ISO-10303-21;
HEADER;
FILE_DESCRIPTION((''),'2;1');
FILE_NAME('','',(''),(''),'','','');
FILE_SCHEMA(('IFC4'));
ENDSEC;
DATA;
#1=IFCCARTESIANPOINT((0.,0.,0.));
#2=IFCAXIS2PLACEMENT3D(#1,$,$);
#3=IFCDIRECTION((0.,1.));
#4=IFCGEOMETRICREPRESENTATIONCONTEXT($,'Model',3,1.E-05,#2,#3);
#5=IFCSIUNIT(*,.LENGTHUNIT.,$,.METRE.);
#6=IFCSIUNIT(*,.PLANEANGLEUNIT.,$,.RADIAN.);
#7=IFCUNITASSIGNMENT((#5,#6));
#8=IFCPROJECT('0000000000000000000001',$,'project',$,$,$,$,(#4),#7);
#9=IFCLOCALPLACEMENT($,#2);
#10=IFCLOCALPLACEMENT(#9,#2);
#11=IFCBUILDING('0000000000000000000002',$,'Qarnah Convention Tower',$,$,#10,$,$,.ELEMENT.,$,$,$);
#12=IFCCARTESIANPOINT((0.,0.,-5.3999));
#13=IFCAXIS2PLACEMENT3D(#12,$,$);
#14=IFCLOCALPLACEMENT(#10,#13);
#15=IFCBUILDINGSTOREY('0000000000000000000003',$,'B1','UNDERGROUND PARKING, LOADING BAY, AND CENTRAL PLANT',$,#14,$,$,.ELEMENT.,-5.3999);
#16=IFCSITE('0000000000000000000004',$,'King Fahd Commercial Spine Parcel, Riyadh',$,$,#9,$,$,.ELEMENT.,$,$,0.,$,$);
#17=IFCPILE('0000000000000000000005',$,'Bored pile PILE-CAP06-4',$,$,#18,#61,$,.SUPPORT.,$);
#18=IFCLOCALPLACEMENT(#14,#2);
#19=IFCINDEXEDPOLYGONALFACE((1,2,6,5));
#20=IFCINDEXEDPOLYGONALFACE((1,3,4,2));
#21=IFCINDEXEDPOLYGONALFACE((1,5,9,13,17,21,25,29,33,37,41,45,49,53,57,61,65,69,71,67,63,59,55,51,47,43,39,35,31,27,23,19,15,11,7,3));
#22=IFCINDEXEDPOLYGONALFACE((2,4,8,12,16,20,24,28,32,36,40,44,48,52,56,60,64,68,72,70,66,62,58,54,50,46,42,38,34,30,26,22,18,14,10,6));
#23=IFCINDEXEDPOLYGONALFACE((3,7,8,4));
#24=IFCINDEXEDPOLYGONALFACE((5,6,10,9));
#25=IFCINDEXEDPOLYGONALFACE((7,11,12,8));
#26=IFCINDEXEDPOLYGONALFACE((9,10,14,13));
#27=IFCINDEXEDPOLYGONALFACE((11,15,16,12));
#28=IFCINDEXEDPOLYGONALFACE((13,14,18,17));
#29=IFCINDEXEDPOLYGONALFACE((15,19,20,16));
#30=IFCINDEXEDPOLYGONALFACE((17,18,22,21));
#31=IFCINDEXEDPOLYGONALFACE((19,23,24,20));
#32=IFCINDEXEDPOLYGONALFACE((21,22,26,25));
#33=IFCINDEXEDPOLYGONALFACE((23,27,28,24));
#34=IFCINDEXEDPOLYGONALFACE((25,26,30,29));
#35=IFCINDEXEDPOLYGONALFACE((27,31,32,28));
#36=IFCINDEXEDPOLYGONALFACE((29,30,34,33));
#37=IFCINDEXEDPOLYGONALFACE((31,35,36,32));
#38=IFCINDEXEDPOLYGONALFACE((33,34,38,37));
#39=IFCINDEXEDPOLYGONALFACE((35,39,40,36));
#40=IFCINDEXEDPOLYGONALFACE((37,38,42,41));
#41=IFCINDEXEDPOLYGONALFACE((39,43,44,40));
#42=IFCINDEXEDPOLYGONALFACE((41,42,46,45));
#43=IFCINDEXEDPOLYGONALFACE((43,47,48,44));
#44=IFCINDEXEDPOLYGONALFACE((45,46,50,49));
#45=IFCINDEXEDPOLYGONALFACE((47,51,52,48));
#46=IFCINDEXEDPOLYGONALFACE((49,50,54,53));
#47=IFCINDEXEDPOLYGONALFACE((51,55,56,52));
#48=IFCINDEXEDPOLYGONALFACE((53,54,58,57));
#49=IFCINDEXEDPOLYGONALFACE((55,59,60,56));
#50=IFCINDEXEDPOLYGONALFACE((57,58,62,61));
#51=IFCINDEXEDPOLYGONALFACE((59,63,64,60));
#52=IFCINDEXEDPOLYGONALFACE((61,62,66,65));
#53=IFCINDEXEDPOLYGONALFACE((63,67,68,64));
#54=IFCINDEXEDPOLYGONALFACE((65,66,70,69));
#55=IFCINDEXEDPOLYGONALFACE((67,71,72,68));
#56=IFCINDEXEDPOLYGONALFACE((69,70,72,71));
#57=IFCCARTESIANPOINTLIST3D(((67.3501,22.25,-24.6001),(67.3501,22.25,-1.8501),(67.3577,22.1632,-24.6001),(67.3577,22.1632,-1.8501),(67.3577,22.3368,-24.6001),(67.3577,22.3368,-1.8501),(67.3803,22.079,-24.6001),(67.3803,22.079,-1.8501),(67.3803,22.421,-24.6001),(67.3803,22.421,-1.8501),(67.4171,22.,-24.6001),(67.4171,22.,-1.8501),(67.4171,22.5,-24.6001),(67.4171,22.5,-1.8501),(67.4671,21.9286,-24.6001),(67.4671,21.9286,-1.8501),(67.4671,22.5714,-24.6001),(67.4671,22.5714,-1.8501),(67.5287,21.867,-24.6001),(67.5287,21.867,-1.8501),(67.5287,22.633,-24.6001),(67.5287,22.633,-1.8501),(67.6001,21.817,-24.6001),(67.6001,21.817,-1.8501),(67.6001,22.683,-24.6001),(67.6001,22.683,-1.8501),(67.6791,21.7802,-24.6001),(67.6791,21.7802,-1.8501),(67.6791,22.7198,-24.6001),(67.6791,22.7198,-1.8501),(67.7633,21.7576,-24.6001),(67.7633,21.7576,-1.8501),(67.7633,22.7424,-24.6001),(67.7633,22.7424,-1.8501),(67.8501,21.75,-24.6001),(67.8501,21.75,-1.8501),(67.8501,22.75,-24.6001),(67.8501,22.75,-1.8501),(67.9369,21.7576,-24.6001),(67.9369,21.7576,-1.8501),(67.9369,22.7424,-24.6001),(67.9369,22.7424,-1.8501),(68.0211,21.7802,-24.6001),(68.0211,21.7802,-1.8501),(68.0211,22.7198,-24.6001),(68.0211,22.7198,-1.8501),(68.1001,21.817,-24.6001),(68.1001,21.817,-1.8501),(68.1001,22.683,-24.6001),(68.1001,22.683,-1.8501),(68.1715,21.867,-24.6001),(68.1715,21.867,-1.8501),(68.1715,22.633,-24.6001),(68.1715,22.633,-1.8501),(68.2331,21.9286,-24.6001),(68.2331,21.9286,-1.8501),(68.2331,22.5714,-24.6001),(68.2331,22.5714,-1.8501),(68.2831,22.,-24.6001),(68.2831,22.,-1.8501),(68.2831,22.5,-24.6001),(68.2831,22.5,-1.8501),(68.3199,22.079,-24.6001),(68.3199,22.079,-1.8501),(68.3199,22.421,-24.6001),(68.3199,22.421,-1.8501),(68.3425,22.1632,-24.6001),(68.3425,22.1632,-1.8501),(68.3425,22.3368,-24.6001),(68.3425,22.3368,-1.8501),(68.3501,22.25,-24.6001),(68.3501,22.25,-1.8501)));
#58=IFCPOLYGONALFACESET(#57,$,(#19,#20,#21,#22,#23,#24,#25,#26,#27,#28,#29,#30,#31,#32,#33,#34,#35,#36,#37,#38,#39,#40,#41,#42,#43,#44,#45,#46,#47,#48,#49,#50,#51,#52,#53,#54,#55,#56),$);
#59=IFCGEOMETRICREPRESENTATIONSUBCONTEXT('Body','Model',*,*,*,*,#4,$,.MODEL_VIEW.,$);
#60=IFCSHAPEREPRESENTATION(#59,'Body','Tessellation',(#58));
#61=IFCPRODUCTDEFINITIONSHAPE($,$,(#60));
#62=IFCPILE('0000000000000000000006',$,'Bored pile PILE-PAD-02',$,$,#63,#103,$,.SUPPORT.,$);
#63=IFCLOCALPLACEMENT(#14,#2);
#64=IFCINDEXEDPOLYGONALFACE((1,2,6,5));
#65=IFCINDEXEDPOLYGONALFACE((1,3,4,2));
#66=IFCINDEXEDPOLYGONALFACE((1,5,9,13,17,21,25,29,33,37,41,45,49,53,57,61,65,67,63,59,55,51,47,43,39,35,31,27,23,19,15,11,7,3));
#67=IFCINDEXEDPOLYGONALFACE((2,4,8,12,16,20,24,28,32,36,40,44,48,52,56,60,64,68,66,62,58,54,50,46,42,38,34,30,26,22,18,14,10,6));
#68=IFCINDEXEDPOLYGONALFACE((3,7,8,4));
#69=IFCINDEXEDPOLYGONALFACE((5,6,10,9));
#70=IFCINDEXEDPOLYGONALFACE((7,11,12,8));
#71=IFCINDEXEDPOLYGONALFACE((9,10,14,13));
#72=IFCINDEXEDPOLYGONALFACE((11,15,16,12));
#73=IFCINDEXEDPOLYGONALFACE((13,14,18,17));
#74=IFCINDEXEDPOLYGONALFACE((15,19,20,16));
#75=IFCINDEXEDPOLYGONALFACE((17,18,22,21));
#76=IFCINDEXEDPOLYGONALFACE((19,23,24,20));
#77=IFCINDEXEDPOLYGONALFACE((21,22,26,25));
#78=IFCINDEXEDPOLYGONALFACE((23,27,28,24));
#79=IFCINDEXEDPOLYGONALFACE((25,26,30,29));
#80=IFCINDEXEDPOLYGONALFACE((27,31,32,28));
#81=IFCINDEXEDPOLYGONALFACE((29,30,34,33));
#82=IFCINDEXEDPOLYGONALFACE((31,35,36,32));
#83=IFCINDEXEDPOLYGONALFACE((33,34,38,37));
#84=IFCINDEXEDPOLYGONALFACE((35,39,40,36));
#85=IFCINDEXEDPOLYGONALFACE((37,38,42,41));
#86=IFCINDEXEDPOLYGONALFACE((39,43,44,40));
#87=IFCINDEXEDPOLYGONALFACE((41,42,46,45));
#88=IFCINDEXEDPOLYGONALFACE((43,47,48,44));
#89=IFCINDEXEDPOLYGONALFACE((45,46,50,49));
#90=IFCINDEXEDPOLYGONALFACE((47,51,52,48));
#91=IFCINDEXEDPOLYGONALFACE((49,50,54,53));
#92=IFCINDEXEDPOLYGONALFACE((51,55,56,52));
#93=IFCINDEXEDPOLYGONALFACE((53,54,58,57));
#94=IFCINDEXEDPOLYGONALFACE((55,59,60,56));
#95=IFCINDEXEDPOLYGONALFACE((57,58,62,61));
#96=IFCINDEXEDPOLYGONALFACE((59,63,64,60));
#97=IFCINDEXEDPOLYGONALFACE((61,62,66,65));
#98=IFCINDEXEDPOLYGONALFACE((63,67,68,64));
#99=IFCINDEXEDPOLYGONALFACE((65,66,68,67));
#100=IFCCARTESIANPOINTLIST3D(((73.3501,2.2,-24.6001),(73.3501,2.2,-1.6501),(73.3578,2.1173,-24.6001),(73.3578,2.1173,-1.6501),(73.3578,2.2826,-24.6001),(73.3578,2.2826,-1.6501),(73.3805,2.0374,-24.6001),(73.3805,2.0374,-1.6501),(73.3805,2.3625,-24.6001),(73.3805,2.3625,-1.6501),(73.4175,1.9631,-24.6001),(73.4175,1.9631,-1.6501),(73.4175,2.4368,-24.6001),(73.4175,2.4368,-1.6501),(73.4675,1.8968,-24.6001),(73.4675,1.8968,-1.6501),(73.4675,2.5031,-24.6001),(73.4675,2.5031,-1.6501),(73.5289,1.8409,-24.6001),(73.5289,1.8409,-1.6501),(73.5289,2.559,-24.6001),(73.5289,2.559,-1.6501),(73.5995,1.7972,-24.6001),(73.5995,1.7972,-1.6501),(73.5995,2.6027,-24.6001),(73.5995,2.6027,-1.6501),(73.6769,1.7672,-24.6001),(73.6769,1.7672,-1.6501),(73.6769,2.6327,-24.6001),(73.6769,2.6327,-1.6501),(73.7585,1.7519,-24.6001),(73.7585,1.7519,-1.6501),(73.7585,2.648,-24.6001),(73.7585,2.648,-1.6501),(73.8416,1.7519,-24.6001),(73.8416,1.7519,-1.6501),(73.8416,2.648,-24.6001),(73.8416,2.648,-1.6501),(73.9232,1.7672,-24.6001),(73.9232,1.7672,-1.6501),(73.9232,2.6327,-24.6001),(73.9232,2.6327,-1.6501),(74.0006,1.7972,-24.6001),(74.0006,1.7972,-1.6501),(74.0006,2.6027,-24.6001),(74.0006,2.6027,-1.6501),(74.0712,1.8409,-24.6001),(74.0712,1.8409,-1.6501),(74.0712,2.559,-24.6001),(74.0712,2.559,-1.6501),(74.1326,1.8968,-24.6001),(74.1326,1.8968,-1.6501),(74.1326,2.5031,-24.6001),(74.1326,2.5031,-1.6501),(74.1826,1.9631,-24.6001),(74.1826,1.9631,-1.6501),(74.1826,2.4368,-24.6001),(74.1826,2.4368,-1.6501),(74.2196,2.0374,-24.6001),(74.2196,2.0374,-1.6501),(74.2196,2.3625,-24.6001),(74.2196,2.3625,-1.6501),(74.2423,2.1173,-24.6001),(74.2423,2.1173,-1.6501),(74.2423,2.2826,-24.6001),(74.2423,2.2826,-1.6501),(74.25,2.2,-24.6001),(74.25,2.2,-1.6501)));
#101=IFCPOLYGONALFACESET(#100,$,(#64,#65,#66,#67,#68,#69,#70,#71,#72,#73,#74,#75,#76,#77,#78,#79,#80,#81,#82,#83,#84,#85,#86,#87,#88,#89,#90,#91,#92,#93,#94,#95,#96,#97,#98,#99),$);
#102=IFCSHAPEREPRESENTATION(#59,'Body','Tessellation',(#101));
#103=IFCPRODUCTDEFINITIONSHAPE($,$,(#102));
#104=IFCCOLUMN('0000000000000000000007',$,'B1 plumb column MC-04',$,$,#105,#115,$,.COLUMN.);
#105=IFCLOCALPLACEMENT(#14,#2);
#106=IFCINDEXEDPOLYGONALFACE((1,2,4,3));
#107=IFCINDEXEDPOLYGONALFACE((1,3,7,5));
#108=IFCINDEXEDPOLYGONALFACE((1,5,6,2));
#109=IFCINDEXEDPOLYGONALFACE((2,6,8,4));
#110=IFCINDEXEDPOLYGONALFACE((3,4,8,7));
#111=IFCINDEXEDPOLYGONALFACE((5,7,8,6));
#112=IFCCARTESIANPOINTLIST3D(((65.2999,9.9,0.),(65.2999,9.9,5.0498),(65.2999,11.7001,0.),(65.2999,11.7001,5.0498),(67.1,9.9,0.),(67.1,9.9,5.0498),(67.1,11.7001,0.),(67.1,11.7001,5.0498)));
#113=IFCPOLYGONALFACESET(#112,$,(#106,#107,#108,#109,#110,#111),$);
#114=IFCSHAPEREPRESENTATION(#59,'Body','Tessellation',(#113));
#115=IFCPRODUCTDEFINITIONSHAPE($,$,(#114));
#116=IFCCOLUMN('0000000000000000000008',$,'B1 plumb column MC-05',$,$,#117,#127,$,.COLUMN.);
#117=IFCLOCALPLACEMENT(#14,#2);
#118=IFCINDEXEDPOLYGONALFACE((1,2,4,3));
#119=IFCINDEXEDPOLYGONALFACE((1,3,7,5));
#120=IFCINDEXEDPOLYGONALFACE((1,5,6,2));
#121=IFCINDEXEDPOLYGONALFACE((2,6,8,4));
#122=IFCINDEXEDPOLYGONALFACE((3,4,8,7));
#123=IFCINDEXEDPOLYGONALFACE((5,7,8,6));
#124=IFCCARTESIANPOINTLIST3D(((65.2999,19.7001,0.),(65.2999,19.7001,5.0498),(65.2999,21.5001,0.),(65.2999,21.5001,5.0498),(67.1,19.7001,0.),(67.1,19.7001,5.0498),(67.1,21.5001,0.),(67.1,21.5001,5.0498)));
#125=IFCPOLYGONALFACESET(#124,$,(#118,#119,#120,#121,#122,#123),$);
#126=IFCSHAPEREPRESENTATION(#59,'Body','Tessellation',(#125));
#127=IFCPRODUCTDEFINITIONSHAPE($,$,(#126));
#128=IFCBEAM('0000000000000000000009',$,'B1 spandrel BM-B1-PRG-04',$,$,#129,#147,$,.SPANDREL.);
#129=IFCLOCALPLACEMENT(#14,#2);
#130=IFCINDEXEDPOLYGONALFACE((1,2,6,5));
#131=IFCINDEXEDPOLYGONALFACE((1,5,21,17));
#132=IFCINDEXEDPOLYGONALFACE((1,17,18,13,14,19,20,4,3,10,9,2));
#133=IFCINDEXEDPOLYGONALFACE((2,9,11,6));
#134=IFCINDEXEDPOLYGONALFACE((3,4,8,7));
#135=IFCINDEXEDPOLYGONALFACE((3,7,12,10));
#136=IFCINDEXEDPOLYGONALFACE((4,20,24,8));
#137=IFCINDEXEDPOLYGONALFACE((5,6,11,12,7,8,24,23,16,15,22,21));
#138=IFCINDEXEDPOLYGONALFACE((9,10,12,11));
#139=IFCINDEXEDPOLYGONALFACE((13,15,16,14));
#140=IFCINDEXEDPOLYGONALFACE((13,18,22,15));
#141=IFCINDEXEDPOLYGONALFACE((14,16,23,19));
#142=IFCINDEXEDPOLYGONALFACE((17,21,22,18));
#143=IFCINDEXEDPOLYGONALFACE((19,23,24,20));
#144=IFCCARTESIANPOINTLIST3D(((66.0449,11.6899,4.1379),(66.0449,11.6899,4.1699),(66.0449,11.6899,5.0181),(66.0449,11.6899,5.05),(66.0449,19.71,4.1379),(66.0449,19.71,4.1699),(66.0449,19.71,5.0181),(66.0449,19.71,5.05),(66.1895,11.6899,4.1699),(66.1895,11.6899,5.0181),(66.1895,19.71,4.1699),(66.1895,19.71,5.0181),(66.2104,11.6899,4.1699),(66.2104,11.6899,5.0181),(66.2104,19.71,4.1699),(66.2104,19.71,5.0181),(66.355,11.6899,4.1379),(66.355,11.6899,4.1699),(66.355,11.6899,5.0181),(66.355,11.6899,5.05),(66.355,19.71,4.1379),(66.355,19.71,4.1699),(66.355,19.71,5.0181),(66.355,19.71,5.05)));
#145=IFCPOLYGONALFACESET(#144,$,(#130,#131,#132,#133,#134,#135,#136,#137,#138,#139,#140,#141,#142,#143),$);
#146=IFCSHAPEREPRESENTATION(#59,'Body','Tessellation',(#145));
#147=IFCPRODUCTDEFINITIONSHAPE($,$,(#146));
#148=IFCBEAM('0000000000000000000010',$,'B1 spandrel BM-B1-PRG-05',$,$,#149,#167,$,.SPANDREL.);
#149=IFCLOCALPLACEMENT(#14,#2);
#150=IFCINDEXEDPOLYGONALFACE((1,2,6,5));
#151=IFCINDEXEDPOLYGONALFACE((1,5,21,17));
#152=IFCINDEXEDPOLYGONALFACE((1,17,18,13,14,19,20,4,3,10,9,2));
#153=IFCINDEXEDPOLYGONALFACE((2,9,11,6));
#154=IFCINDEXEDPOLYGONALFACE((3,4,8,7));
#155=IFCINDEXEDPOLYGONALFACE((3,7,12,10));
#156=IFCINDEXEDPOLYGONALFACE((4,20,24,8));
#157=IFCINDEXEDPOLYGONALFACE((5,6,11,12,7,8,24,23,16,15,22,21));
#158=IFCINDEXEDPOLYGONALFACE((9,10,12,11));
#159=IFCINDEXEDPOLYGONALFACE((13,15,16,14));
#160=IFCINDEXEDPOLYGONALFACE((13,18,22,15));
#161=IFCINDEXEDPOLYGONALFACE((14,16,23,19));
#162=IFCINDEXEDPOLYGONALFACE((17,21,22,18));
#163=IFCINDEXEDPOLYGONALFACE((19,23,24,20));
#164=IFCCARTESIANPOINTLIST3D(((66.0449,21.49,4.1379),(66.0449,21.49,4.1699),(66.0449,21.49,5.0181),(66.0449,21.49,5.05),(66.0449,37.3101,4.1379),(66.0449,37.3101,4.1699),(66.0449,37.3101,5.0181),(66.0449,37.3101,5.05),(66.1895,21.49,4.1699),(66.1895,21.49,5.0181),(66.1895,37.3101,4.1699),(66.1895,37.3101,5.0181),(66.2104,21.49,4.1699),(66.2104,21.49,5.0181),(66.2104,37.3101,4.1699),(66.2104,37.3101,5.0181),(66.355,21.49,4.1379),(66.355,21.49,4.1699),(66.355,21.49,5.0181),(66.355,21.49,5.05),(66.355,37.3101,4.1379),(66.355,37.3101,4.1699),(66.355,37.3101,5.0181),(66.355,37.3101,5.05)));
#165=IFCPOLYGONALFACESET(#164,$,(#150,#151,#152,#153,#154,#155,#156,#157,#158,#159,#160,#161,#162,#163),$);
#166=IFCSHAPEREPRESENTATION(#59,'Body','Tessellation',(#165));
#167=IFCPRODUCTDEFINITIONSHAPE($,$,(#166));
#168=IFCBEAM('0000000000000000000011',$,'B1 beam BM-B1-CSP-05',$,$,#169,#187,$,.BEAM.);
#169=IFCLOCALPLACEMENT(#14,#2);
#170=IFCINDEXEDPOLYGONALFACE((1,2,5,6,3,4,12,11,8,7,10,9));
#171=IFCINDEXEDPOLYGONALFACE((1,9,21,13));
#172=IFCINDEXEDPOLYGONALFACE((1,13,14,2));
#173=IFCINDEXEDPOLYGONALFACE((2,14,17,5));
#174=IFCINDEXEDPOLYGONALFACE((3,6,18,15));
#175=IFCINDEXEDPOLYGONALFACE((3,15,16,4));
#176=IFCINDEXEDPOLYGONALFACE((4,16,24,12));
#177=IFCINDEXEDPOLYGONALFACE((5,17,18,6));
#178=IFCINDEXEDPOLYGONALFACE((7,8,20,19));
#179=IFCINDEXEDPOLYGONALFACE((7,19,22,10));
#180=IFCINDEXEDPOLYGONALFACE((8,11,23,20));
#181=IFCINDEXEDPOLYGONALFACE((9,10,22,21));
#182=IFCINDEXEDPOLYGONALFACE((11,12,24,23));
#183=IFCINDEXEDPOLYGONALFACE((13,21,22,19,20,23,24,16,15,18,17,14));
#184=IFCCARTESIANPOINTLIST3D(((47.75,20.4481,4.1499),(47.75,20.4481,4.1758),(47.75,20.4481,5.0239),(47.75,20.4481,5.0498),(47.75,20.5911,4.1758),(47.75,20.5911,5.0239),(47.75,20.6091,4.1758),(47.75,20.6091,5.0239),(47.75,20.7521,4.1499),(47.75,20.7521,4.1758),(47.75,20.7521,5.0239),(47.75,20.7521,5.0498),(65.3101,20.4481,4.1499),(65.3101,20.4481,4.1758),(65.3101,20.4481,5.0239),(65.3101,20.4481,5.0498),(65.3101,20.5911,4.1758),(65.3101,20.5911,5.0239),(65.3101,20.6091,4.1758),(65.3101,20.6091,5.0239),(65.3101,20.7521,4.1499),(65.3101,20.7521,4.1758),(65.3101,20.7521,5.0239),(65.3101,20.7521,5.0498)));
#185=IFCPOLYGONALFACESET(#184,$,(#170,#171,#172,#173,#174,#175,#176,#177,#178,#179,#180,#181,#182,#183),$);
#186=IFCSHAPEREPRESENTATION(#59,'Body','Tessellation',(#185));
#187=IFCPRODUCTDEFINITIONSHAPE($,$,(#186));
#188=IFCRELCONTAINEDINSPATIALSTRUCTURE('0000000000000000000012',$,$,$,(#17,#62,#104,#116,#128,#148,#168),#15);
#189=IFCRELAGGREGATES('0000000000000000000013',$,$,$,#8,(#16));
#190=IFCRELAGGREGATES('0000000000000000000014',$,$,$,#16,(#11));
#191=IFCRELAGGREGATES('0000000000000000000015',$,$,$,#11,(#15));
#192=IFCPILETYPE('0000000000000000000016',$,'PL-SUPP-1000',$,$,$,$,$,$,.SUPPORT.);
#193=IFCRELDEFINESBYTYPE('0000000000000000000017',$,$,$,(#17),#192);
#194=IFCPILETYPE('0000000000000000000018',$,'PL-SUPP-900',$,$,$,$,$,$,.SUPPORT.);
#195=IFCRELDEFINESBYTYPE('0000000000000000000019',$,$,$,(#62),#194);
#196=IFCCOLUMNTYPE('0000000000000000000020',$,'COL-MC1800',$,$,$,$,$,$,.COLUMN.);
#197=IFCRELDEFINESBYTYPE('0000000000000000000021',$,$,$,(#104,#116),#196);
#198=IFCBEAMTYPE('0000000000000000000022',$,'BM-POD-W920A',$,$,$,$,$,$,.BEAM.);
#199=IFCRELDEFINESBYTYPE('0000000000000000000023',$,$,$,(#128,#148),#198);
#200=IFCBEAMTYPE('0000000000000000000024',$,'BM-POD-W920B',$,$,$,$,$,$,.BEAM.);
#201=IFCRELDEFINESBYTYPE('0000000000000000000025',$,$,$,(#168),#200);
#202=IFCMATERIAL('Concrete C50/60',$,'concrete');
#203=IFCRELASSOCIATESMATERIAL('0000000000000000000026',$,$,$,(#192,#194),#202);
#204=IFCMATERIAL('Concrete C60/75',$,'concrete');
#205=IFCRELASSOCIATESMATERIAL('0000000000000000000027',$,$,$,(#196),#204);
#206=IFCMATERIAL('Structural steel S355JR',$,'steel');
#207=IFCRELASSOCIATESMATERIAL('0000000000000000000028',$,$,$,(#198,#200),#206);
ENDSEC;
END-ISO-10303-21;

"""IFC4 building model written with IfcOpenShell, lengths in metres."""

from ifc_helpers import new_model, si_unit, direction, frame, origin, origin_2d, place, context, subcontext, project, spatial, rectangle, circle, i_section, extrude, material, material_profile, profile_set, type_object, element, save


model = new_model("IFC4")

# Units and contexts
model_context = context("Model", 3, precision=1e-05, world=origin(), true_north=direction((0.0, 1.0)))
body_context = subcontext(model_context, "Body", "Model", "MODEL_VIEW")
ifc_project = project(units=[si_unit("LENGTHUNIT", "METRE"), si_unit("PLANEANGLEUNIT", "RADIAN")], contexts=[model_context])

# Site, building, storey
site_placement = place(None, origin())
site = spatial("IfcSite", under=ifc_project, at=site_placement, Name="King Fahd Commercial Spine Parcel, Riyadh", CompositionType="ELEMENT", RefElevation=0.0)
building_placement = place(site_placement, origin())
building = spatial("IfcBuilding", under=site, at=building_placement, Name="Qarnah Convention Tower", CompositionType="ELEMENT")
storey_placement = place(building_placement, frame((0.0, 0.0, -5.3999)))
storey = spatial("IfcBuildingStorey", under=building, at=storey_placement, Name="B1", Description="UNDERGROUND PARKING, LOADING BAY, AND CENTRAL PLANT", CompositionType="ELEMENT", Elevation=-5.3999)

# Shared definitions
ifc_material_1 = material(Name="Concrete C50/60", Category="concrete")

# Piles
ifc_material_profile_1 = material_profile(ifc_material_1, circle(Radius=0.5, at=origin_2d()), Name="PILE-D1000")
ifc_profile_set_1 = profile_set([ifc_material_profile_1], Name="Concrete C50/60")
pile_type_1 = type_object("IfcPileType", Name="PL-SUPP-1000", PredefinedType="SUPPORT", material=ifc_profile_set_1)
for number, where, z_axis, x_axis, name in (
    (1, (67.8501, 22.25, -1.8501), (0.0, 0.0, -1.0), (1.0, 0.0, 0.0), "Bored pile PILE-CAP06-4"),
):
    element("IfcPile", number, at=place(storey_placement, frame(where, z_axis=z_axis, x_axis=x_axis)), inside=storey, type_object=pile_type_1, Name=name, PredefinedType="SUPPORT", context=body_context, shape_type="SweptSolid", body=[
        extrude(circle(Radius=0.5, at=origin_2d()), origin(), (0.0, 0.0, 1.0), 22.75),
    ])
ifc_material_profile_2 = material_profile(ifc_material_1, circle(Radius=0.45, at=origin_2d()), Name="PILE-D900")
ifc_profile_set_2 = profile_set([ifc_material_profile_2], Name="Concrete C50/60")
pile_type_2 = type_object("IfcPileType", Name="PL-SUPP-900", PredefinedType="SUPPORT", material=ifc_profile_set_2)
pile_placement = place(storey_placement, frame((73.8, 2.2, -1.6501), z_axis=(0.0, 0.0, -1.0), x_axis=(1.0, 0.0, 0.0)))
element("IfcPile", 2, at=pile_placement, inside=storey, type_object=pile_type_2, Name="Bored pile PILE-PAD-02", PredefinedType="SUPPORT", context=body_context, shape_type="SweptSolid", body=[
    extrude(circle(Radius=0.45, at=origin_2d()), origin(), (0.0, 0.0, 1.0), 22.95),
])

# Columns
ifc_material_2 = material(Name="Concrete C60/75", Category="concrete")
ifc_material_profile_3 = material_profile(ifc_material_2, rectangle(XDim=1.8, YDim=1.8, at=origin_2d()), Name="RC-COL-1800X1800")
ifc_profile_set_3 = profile_set([ifc_material_profile_3], Name="Concrete C60/75")
column_type = type_object("IfcColumnType", Name="COL-MC1800", PredefinedType="COLUMN", material=ifc_profile_set_3)
for number, where, z_axis, x_axis, name in (
    (3, (66.2, 10.8, 0.0), (0.0, 0.0, 1.0), (1.0, 0.0, 0.0), "B1 plumb column MC-04"),
    (4, (66.2, 20.6001, 0.0), (0.0, 0.0, 1.0), (1.0, 0.0, 0.0), "B1 plumb column MC-05"),
):
    element("IfcColumn", number, at=place(storey_placement, frame(where, z_axis=z_axis, x_axis=x_axis)), inside=storey, type_object=column_type, Name=name, PredefinedType="COLUMN", context=body_context, shape_type="SweptSolid", body=[
        extrude(rectangle(XDim=1.8, YDim=1.8, at=origin_2d()), origin(), (0.0, 0.0, 1.0), 5.0498),
    ])

# Beams
ifc_material_3 = material(Name="Structural steel S355JR", Category="steel")
ifc_material_profile_4 = material_profile(ifc_material_3, i_section(OverallWidth=0.3101, OverallDepth=0.9121, WebThickness=0.021, FlangeThickness=0.032, at=origin_2d()), Name="W920X342")
ifc_profile_set_4 = profile_set([ifc_material_profile_4], Name="Structural steel S355JR")
beam_type_1 = type_object("IfcBeamType", Name="BM-POD-W920A", PredefinedType="BEAM", material=ifc_profile_set_4)
beam_1_placement = place(storey_placement, frame((66.2, 11.6899, 4.594), z_axis=(0.0, 1.0, 0.0), x_axis=(-1.0, 0.0, 0.0)))
element("IfcBeam", 5, at=beam_1_placement, inside=storey, type_object=beam_type_1, Name="B1 spandrel BM-B1-PRG-04", PredefinedType="SPANDREL", context=body_context, shape_type="SweptSolid", body=[
    extrude(i_section(OverallWidth=0.3101, OverallDepth=0.9121, WebThickness=0.021, FlangeThickness=0.032, at=origin_2d()), origin(), (0.0, 0.0, 1.0), 8.02),
])
beam_2_placement = place(storey_placement, frame((66.2, 21.49, 4.594), z_axis=(0.0, 1.0, 0.0), x_axis=(-1.0, 0.0, 0.0)))
element("IfcBeam", 6, at=beam_2_placement, inside=storey, type_object=beam_type_1, Name="B1 spandrel BM-B1-PRG-05", PredefinedType="SPANDREL", context=body_context, shape_type="SweptSolid", body=[
    extrude(i_section(OverallWidth=0.3101, OverallDepth=0.9121, WebThickness=0.021, FlangeThickness=0.032, at=origin_2d()), origin(), (0.0, 0.0, 1.0), 15.8201),
])
ifc_material_profile_5 = material_profile(ifc_material_3, i_section(OverallWidth=0.304, OverallDepth=0.8999, WebThickness=0.0181, FlangeThickness=0.0259, at=origin_2d()), Name="W920X271")
ifc_profile_set_5 = profile_set([ifc_material_profile_5], Name="Structural steel S355JR")
beam_type_2 = type_object("IfcBeamType", Name="BM-POD-W920B", PredefinedType="BEAM", material=ifc_profile_set_5)
beam_3_placement = place(storey_placement, frame((65.3101, 20.6001, 4.5999), z_axis=(-1.0, 0.0, 0.0), x_axis=(0.0, -1.0, 0.0)))
element("IfcBeam", 7, at=beam_3_placement, inside=storey, type_object=beam_type_2, Name="B1 beam BM-B1-CSP-05", PredefinedType="BEAM", context=body_context, shape_type="SweptSolid", body=[
    extrude(i_section(OverallWidth=0.304, OverallDepth=0.8999, WebThickness=0.0181, FlangeThickness=0.0259, at=origin_2d()), origin(), (0.0, 0.0, 1.0), 17.5601),
])

save(model, "model.ifc")
